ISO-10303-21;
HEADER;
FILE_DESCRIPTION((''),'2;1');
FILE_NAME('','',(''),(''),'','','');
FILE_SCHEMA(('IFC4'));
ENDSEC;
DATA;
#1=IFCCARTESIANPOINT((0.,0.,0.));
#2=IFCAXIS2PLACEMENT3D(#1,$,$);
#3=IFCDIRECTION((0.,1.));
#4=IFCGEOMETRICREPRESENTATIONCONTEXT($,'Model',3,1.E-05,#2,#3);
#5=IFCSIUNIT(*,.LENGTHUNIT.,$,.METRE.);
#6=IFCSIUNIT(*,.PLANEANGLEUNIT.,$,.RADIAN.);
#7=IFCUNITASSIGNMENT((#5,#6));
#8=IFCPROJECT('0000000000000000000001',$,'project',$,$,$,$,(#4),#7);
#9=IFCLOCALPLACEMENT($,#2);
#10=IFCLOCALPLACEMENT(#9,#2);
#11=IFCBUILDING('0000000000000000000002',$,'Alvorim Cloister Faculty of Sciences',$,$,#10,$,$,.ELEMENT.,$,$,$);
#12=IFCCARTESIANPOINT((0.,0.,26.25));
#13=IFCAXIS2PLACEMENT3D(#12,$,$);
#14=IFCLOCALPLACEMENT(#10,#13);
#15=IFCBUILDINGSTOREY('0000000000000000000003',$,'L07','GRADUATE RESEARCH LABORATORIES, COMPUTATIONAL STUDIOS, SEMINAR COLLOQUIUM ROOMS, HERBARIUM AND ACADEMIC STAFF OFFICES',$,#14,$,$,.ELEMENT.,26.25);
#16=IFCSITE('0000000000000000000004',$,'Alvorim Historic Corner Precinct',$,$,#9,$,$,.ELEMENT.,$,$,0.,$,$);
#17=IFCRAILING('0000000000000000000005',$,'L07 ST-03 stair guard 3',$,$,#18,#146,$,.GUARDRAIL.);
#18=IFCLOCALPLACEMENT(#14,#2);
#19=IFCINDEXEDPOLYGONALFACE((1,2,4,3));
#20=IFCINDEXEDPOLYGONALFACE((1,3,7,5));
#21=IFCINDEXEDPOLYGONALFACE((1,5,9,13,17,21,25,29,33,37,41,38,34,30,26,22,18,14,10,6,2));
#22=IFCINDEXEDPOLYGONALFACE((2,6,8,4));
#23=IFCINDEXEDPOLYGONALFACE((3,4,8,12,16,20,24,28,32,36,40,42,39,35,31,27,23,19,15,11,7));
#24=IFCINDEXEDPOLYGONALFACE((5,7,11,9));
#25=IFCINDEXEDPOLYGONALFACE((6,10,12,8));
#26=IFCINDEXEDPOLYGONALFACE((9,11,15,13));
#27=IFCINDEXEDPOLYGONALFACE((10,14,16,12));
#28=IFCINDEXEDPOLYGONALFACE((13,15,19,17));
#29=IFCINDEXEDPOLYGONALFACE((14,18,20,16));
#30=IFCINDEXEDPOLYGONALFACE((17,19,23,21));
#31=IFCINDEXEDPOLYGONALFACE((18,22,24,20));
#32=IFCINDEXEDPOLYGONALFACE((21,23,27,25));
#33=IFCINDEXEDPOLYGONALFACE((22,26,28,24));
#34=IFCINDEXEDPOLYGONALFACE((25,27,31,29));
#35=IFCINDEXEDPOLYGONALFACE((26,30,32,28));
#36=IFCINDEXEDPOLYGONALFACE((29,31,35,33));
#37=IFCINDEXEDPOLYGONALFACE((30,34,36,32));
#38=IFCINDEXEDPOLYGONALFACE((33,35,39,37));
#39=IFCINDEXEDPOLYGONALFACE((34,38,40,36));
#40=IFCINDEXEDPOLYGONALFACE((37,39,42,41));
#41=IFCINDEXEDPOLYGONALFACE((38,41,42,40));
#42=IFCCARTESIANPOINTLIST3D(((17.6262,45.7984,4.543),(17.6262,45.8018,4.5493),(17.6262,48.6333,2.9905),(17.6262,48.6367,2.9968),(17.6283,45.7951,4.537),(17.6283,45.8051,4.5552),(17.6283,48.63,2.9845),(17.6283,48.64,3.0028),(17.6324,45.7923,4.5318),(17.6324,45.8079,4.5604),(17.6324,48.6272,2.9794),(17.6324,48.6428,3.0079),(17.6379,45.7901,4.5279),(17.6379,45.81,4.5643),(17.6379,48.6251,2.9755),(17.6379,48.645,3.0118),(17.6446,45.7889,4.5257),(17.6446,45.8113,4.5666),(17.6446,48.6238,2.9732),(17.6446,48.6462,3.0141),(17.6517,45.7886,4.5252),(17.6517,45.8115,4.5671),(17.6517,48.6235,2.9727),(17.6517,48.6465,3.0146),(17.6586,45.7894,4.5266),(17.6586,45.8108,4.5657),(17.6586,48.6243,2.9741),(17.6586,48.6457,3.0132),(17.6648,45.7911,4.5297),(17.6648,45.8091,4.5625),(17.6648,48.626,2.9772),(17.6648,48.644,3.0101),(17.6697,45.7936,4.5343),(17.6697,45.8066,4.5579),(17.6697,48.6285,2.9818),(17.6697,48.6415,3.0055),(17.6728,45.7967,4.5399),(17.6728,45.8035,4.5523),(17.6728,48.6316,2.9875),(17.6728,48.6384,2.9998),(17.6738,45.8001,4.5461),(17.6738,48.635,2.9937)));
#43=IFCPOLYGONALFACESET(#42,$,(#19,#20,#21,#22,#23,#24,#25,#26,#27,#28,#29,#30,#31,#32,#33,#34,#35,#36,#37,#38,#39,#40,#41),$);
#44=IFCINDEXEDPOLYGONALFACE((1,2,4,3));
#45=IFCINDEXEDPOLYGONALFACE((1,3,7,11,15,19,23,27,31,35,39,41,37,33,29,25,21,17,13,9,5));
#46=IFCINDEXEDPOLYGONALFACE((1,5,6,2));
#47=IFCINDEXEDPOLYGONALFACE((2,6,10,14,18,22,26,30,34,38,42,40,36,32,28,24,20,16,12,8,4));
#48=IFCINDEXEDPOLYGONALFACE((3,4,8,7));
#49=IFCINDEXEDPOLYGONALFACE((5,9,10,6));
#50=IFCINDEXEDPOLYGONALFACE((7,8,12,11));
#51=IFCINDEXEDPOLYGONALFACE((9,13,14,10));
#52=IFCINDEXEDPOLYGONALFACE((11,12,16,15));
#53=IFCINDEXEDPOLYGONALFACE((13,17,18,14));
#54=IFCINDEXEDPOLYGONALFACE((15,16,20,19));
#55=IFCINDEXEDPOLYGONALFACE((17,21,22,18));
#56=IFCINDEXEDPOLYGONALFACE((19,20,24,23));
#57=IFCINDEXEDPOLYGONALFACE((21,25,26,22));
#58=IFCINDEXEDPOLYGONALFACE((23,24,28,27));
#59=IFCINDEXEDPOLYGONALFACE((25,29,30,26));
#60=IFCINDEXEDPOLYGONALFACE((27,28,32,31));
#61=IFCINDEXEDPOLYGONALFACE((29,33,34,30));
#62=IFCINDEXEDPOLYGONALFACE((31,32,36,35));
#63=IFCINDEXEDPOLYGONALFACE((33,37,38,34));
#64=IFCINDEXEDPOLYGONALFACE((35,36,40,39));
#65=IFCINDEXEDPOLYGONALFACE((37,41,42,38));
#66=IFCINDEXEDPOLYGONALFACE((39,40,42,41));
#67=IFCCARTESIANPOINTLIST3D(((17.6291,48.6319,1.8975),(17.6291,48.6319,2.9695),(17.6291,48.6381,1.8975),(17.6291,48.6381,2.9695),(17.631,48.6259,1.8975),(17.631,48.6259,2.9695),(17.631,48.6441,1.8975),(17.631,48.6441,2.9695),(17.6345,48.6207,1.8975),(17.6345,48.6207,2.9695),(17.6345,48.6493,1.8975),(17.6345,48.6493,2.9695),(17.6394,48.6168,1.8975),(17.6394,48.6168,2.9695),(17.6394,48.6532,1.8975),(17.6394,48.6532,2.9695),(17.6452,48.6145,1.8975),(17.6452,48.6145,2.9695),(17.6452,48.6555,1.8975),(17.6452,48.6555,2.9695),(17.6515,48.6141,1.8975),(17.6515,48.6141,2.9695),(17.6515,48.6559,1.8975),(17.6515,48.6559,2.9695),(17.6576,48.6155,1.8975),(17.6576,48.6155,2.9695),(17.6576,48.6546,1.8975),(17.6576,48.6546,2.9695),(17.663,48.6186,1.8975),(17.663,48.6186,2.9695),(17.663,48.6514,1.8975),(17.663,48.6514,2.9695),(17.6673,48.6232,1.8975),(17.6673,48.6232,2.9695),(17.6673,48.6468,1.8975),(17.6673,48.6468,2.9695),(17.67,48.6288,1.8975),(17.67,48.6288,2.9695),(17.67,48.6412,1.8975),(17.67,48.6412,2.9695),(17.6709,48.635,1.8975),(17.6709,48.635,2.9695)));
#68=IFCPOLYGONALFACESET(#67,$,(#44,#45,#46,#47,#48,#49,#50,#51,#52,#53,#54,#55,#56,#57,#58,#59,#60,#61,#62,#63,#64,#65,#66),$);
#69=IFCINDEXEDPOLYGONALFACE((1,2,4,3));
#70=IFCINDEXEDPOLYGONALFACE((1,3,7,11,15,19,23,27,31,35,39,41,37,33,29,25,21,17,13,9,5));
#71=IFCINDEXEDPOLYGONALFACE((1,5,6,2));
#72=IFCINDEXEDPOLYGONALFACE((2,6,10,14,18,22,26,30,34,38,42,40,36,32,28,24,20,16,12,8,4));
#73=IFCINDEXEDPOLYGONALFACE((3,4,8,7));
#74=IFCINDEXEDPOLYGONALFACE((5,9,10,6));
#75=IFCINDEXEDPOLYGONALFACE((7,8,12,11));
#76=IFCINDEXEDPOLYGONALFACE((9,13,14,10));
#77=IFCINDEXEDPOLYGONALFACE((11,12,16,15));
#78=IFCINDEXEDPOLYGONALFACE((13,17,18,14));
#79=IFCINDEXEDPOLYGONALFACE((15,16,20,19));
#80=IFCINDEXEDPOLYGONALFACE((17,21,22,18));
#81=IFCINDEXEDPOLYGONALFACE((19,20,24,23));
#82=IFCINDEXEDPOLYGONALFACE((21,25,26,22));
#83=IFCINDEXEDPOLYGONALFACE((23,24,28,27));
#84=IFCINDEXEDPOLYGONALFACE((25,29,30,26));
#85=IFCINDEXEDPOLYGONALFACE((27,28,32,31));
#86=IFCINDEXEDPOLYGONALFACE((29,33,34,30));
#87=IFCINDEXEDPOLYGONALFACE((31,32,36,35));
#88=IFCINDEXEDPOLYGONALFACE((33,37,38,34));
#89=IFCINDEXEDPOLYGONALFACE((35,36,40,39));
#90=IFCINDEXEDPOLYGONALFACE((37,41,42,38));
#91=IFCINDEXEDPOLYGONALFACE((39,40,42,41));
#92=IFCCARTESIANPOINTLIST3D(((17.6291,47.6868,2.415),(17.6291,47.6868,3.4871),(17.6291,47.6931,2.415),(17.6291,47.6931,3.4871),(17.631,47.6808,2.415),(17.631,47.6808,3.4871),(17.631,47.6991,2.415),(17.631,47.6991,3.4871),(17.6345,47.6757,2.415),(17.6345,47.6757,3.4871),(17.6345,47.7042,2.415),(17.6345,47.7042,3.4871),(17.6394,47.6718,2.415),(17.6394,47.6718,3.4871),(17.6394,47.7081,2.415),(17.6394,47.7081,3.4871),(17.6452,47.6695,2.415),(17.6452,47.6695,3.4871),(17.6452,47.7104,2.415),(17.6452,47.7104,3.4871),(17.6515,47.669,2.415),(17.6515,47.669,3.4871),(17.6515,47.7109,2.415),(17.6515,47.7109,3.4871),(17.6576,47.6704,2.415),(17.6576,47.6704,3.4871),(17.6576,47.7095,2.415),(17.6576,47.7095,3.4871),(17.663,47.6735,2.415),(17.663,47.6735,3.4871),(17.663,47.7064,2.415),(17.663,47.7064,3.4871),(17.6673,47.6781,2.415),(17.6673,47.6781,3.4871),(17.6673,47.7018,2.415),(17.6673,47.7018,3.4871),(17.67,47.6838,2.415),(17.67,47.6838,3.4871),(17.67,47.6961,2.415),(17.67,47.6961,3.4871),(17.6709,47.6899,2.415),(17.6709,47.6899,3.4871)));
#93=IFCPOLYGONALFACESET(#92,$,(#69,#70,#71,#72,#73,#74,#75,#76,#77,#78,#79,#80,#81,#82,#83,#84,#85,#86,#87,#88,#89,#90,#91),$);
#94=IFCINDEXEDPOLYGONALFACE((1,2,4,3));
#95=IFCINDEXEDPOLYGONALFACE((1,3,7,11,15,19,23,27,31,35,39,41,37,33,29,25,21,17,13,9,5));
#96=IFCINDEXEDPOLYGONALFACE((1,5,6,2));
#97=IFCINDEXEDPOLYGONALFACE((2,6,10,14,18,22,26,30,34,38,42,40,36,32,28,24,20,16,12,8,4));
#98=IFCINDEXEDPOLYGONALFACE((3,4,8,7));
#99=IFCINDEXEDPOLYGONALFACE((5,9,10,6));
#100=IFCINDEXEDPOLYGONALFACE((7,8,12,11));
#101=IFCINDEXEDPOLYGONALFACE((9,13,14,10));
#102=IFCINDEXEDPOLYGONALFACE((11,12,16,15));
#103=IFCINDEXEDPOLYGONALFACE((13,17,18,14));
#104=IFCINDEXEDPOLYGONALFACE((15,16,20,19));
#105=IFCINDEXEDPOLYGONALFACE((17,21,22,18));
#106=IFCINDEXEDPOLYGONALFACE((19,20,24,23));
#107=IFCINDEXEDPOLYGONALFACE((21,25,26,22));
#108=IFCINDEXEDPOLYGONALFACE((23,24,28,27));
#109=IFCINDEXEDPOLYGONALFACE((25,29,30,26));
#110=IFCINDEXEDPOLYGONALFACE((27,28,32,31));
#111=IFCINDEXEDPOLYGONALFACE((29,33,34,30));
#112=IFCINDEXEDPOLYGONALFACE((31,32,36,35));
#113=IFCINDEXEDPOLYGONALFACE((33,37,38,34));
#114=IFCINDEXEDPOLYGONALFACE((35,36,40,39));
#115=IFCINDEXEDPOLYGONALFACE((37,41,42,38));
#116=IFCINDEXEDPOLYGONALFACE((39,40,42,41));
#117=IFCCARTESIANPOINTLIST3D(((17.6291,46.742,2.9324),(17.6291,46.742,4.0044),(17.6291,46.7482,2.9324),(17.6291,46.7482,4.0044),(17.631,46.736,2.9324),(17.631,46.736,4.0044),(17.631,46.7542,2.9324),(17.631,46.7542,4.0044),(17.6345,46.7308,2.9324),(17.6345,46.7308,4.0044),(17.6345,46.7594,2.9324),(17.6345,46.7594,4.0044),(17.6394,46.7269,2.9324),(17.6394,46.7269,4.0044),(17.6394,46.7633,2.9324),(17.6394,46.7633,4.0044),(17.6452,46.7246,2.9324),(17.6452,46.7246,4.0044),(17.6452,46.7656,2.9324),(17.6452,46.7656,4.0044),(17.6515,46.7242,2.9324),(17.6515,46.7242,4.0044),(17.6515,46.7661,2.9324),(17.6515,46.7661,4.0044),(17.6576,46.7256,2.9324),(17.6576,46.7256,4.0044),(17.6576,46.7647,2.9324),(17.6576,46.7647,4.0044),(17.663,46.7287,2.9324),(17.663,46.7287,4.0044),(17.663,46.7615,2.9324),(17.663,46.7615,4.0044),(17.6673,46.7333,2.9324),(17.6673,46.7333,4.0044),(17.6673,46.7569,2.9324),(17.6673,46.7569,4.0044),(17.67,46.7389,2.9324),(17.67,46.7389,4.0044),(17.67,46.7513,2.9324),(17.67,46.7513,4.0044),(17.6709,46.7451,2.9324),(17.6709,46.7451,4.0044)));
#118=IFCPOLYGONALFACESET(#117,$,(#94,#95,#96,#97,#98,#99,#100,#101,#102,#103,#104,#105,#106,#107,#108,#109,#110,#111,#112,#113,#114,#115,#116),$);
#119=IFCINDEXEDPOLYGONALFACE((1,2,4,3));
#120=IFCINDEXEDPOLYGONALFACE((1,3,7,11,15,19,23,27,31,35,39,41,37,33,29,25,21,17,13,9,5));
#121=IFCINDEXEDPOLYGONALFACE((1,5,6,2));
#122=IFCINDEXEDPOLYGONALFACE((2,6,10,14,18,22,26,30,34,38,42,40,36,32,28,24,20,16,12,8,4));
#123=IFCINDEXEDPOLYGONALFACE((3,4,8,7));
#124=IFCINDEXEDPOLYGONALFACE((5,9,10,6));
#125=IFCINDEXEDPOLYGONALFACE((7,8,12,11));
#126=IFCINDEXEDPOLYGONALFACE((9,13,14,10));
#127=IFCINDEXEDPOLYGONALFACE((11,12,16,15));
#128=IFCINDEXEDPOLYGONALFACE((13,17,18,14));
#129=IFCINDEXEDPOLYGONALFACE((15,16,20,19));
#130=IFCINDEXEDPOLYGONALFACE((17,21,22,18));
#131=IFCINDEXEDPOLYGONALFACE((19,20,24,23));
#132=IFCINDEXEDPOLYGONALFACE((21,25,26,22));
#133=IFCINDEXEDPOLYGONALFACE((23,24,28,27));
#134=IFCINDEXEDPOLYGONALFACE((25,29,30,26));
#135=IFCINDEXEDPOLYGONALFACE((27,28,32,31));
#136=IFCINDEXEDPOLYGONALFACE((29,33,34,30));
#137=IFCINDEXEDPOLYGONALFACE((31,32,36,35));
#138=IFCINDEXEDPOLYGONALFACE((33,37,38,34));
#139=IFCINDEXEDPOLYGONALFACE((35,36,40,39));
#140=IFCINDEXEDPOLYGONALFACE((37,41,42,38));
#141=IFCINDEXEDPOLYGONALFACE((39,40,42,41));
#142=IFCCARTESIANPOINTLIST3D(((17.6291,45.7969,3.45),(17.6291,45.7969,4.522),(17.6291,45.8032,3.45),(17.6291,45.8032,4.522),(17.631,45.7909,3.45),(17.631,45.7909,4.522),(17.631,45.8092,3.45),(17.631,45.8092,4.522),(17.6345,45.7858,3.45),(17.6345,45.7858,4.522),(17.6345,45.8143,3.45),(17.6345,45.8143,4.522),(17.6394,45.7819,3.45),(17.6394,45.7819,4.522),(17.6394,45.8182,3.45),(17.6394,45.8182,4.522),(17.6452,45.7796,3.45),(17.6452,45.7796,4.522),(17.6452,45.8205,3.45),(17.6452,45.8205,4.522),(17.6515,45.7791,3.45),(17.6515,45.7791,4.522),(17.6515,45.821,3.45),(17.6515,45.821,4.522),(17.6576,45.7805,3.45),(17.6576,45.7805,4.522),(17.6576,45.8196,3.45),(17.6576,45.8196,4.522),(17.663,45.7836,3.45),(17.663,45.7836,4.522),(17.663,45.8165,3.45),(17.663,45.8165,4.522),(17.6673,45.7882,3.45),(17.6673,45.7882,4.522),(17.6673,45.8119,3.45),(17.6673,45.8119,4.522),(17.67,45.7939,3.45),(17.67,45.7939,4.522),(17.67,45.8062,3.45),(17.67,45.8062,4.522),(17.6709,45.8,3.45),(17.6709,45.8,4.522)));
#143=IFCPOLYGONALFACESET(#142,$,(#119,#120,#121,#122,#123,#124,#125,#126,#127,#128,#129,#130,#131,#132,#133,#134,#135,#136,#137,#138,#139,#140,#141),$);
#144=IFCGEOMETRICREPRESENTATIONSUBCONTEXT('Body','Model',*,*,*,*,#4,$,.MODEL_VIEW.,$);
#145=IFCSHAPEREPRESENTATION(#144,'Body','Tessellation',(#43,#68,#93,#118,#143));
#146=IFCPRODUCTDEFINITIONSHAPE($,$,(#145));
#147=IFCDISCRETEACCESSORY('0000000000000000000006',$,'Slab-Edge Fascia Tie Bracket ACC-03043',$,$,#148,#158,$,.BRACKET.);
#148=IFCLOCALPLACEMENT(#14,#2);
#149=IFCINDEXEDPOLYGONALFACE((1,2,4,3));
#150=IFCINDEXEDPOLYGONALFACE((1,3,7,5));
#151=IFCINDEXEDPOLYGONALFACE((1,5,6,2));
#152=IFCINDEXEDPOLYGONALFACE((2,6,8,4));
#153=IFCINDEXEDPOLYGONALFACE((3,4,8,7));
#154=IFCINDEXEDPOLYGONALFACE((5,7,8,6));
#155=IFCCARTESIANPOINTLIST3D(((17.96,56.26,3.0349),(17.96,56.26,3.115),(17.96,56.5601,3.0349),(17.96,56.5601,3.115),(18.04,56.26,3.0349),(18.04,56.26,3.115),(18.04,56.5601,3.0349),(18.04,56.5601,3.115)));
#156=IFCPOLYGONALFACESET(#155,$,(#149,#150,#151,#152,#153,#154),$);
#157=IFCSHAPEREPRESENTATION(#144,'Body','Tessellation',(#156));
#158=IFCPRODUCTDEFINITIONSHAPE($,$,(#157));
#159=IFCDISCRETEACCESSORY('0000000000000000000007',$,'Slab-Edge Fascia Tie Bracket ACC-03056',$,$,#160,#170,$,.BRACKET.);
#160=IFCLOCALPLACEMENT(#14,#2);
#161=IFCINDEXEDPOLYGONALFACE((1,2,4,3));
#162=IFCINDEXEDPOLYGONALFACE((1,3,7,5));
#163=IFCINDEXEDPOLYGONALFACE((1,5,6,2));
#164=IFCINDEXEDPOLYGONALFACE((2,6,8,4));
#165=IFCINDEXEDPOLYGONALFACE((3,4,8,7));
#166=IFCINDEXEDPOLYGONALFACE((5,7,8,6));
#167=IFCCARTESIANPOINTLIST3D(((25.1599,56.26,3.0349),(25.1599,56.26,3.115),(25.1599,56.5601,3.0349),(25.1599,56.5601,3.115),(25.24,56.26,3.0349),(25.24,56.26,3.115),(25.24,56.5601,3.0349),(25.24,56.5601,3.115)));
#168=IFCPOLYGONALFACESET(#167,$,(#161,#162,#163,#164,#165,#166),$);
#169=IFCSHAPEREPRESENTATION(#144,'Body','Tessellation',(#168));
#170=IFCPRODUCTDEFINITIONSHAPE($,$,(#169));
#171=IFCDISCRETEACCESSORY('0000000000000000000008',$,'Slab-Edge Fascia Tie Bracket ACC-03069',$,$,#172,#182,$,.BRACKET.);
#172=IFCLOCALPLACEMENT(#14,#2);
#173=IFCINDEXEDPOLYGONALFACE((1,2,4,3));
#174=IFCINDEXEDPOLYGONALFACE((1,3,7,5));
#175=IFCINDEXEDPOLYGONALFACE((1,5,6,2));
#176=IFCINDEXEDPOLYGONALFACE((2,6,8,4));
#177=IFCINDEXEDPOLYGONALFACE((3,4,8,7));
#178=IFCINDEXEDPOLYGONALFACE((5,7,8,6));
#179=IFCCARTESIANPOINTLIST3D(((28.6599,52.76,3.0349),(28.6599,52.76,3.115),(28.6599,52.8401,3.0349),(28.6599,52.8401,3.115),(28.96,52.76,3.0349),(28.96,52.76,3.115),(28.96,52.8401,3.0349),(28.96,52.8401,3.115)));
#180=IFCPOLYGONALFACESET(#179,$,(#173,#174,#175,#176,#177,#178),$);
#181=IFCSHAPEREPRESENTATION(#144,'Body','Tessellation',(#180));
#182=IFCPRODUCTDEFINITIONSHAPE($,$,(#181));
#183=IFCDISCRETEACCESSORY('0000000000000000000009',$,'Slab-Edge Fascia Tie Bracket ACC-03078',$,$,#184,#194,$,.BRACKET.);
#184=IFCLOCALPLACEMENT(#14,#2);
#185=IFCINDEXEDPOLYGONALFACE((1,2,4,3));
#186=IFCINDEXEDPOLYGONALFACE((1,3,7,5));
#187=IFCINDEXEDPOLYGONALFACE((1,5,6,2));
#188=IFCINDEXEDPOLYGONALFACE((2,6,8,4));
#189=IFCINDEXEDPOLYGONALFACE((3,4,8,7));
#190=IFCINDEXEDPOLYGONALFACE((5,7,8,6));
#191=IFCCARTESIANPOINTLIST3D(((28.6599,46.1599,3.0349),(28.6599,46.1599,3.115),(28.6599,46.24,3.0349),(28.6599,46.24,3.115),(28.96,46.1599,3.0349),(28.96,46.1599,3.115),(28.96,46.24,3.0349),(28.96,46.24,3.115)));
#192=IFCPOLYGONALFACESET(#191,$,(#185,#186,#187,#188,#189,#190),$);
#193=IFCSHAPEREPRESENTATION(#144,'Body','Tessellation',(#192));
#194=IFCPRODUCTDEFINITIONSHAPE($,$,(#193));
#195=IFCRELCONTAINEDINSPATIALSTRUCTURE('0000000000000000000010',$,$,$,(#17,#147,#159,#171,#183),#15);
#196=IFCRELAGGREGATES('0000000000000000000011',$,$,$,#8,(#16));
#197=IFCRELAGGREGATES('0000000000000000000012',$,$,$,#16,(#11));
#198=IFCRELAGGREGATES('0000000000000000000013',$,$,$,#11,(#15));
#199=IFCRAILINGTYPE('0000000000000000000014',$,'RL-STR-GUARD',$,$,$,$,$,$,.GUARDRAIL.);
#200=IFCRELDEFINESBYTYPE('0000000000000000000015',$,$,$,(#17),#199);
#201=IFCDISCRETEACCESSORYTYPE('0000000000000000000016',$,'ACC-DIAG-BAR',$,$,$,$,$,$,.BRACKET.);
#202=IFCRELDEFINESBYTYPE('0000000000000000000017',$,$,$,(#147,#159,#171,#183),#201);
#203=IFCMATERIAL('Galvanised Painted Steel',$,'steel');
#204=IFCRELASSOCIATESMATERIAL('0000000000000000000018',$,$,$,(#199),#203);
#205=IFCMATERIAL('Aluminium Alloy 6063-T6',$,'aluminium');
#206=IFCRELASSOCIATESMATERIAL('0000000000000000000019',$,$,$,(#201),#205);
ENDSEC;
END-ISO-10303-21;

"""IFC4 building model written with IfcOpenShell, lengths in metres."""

from ifc_helpers import new_model, si_unit, direction, frame, origin, origin_2d, place, context, subcontext, project, spatial, rectangle, circle, extrude, material, type_object, element, save


model = new_model("IFC4")

# Units and contexts
model_context = context("Model", 3, precision=1e-05, world=origin(), true_north=direction((0.0, 1.0)))
body_context = subcontext(model_context, "Body", "Model", "MODEL_VIEW")
ifc_project = project(units=[si_unit("LENGTHUNIT", "METRE"), si_unit("PLANEANGLEUNIT", "RADIAN")], contexts=[model_context])

# Site, building, storey
site_placement = place(None, origin())
site = spatial("IfcSite", under=ifc_project, at=site_placement, Name="Alvorim Historic Corner Precinct", CompositionType="ELEMENT", RefElevation=0.0)
building_placement = place(site_placement, origin())
building = spatial("IfcBuilding", under=site, at=building_placement, Name="Alvorim Cloister Faculty of Sciences", CompositionType="ELEMENT")
storey_placement = place(building_placement, frame((0.0, 0.0, 26.25)))
storey = spatial("IfcBuildingStorey", under=building, at=storey_placement, Name="L07", Description="GRADUATE RESEARCH LABORATORIES, COMPUTATIONAL STUDIOS, SEMINAR COLLOQUIUM ROOMS, HERBARIUM AND ACADEMIC STAFF OFFICES", CompositionType="ELEMENT", Elevation=26.25)

# Shared definitions
ifc_material_1 = material(Name="Aluminium Alloy 6063-T6", Category="aluminium")

# Railing
ifc_material_2 = material(Name="Galvanised Painted Steel", Category="steel")
railing_type_1 = type_object("IfcRailingType", Name="RL-STR-GUARD", PredefinedType="GUARDRAIL", material=ifc_material_2)
railing_1_placement = place(storey_placement, frame((17.6499, 48.635, 1.8975)))
element("IfcRailing", 1, at=railing_1_placement, inside=storey, type_object=railing_type_1, Name="L07 ST-03 stair guard 3", PredefinedType="GUARDRAIL", context=body_context, shape_type="SweptSolid", body=[
    extrude(circle(Radius=0.0239, at=origin_2d()), frame((0.0, 0.0, 1.0962), z_axis=(0.0, -0.877095, 0.480317), x_axis=(1.0, 0.0, 0.0)), (0.0, 0.0, 1.0), 3.2322),
    extrude(circle(Radius=0.021, at=origin_2d()), origin(), (0.0, 0.0, 1.0), 1.072),
    extrude(circle(Radius=0.021, at=origin_2d()), frame((0.0, -0.9451, 0.5176)), (0.0, 0.0, 1.0), 1.072),
    extrude(circle(Radius=0.021, at=origin_2d()), frame((0.0, -1.8899, 1.0349)), (0.0, 0.0, 1.0), 1.072),
    extrude(circle(Radius=0.021, at=origin_2d()), frame((0.0, -2.835, 1.5525)), (0.0, 0.0, 1.0), 1.072),
])

# Discrete accessories
discrete_accessory_type = type_object("IfcDiscreteAccessoryType", Name="ACC-DIAG-BAR", PredefinedType="BRACKET", material=ifc_material_1)
for number, where, z_axis, x_axis, name in (
    (2, (18.0, 56.26, 3.075), (0.0, 1.0, 0.0), (-1.0, 0.0, 0.0), "Slab-Edge Fascia Tie Bracket ACC-03043"),
    (3, (25.2, 56.26, 3.075), (0.0, 1.0, 0.0), (-1.0, 0.0, 0.0), "Slab-Edge Fascia Tie Bracket ACC-03056"),
    (4, (28.6599, 52.8, 3.075), (1.0, 0.0, 0.0), (0.0, 1.0, 0.0), "Slab-Edge Fascia Tie Bracket ACC-03069"),
    (5, (28.6599, 46.2, 3.075), (1.0, 0.0, 0.0), (0.0, 1.0, 0.0), "Slab-Edge Fascia Tie Bracket ACC-03078"),
):
    element("IfcDiscreteAccessory", number, at=place(storey_placement, frame(where, z_axis=z_axis, x_axis=x_axis)), inside=storey, type_object=discrete_accessory_type, Name=name, PredefinedType="BRACKET", context=body_context, shape_type="SweptSolid", body=[
        extrude(rectangle(XDim=0.0801, YDim=0.0801, at=origin_2d()), origin(), (0.0, 0.0, 1.0), 0.3),
    ])

save(model, "model.ifc")
